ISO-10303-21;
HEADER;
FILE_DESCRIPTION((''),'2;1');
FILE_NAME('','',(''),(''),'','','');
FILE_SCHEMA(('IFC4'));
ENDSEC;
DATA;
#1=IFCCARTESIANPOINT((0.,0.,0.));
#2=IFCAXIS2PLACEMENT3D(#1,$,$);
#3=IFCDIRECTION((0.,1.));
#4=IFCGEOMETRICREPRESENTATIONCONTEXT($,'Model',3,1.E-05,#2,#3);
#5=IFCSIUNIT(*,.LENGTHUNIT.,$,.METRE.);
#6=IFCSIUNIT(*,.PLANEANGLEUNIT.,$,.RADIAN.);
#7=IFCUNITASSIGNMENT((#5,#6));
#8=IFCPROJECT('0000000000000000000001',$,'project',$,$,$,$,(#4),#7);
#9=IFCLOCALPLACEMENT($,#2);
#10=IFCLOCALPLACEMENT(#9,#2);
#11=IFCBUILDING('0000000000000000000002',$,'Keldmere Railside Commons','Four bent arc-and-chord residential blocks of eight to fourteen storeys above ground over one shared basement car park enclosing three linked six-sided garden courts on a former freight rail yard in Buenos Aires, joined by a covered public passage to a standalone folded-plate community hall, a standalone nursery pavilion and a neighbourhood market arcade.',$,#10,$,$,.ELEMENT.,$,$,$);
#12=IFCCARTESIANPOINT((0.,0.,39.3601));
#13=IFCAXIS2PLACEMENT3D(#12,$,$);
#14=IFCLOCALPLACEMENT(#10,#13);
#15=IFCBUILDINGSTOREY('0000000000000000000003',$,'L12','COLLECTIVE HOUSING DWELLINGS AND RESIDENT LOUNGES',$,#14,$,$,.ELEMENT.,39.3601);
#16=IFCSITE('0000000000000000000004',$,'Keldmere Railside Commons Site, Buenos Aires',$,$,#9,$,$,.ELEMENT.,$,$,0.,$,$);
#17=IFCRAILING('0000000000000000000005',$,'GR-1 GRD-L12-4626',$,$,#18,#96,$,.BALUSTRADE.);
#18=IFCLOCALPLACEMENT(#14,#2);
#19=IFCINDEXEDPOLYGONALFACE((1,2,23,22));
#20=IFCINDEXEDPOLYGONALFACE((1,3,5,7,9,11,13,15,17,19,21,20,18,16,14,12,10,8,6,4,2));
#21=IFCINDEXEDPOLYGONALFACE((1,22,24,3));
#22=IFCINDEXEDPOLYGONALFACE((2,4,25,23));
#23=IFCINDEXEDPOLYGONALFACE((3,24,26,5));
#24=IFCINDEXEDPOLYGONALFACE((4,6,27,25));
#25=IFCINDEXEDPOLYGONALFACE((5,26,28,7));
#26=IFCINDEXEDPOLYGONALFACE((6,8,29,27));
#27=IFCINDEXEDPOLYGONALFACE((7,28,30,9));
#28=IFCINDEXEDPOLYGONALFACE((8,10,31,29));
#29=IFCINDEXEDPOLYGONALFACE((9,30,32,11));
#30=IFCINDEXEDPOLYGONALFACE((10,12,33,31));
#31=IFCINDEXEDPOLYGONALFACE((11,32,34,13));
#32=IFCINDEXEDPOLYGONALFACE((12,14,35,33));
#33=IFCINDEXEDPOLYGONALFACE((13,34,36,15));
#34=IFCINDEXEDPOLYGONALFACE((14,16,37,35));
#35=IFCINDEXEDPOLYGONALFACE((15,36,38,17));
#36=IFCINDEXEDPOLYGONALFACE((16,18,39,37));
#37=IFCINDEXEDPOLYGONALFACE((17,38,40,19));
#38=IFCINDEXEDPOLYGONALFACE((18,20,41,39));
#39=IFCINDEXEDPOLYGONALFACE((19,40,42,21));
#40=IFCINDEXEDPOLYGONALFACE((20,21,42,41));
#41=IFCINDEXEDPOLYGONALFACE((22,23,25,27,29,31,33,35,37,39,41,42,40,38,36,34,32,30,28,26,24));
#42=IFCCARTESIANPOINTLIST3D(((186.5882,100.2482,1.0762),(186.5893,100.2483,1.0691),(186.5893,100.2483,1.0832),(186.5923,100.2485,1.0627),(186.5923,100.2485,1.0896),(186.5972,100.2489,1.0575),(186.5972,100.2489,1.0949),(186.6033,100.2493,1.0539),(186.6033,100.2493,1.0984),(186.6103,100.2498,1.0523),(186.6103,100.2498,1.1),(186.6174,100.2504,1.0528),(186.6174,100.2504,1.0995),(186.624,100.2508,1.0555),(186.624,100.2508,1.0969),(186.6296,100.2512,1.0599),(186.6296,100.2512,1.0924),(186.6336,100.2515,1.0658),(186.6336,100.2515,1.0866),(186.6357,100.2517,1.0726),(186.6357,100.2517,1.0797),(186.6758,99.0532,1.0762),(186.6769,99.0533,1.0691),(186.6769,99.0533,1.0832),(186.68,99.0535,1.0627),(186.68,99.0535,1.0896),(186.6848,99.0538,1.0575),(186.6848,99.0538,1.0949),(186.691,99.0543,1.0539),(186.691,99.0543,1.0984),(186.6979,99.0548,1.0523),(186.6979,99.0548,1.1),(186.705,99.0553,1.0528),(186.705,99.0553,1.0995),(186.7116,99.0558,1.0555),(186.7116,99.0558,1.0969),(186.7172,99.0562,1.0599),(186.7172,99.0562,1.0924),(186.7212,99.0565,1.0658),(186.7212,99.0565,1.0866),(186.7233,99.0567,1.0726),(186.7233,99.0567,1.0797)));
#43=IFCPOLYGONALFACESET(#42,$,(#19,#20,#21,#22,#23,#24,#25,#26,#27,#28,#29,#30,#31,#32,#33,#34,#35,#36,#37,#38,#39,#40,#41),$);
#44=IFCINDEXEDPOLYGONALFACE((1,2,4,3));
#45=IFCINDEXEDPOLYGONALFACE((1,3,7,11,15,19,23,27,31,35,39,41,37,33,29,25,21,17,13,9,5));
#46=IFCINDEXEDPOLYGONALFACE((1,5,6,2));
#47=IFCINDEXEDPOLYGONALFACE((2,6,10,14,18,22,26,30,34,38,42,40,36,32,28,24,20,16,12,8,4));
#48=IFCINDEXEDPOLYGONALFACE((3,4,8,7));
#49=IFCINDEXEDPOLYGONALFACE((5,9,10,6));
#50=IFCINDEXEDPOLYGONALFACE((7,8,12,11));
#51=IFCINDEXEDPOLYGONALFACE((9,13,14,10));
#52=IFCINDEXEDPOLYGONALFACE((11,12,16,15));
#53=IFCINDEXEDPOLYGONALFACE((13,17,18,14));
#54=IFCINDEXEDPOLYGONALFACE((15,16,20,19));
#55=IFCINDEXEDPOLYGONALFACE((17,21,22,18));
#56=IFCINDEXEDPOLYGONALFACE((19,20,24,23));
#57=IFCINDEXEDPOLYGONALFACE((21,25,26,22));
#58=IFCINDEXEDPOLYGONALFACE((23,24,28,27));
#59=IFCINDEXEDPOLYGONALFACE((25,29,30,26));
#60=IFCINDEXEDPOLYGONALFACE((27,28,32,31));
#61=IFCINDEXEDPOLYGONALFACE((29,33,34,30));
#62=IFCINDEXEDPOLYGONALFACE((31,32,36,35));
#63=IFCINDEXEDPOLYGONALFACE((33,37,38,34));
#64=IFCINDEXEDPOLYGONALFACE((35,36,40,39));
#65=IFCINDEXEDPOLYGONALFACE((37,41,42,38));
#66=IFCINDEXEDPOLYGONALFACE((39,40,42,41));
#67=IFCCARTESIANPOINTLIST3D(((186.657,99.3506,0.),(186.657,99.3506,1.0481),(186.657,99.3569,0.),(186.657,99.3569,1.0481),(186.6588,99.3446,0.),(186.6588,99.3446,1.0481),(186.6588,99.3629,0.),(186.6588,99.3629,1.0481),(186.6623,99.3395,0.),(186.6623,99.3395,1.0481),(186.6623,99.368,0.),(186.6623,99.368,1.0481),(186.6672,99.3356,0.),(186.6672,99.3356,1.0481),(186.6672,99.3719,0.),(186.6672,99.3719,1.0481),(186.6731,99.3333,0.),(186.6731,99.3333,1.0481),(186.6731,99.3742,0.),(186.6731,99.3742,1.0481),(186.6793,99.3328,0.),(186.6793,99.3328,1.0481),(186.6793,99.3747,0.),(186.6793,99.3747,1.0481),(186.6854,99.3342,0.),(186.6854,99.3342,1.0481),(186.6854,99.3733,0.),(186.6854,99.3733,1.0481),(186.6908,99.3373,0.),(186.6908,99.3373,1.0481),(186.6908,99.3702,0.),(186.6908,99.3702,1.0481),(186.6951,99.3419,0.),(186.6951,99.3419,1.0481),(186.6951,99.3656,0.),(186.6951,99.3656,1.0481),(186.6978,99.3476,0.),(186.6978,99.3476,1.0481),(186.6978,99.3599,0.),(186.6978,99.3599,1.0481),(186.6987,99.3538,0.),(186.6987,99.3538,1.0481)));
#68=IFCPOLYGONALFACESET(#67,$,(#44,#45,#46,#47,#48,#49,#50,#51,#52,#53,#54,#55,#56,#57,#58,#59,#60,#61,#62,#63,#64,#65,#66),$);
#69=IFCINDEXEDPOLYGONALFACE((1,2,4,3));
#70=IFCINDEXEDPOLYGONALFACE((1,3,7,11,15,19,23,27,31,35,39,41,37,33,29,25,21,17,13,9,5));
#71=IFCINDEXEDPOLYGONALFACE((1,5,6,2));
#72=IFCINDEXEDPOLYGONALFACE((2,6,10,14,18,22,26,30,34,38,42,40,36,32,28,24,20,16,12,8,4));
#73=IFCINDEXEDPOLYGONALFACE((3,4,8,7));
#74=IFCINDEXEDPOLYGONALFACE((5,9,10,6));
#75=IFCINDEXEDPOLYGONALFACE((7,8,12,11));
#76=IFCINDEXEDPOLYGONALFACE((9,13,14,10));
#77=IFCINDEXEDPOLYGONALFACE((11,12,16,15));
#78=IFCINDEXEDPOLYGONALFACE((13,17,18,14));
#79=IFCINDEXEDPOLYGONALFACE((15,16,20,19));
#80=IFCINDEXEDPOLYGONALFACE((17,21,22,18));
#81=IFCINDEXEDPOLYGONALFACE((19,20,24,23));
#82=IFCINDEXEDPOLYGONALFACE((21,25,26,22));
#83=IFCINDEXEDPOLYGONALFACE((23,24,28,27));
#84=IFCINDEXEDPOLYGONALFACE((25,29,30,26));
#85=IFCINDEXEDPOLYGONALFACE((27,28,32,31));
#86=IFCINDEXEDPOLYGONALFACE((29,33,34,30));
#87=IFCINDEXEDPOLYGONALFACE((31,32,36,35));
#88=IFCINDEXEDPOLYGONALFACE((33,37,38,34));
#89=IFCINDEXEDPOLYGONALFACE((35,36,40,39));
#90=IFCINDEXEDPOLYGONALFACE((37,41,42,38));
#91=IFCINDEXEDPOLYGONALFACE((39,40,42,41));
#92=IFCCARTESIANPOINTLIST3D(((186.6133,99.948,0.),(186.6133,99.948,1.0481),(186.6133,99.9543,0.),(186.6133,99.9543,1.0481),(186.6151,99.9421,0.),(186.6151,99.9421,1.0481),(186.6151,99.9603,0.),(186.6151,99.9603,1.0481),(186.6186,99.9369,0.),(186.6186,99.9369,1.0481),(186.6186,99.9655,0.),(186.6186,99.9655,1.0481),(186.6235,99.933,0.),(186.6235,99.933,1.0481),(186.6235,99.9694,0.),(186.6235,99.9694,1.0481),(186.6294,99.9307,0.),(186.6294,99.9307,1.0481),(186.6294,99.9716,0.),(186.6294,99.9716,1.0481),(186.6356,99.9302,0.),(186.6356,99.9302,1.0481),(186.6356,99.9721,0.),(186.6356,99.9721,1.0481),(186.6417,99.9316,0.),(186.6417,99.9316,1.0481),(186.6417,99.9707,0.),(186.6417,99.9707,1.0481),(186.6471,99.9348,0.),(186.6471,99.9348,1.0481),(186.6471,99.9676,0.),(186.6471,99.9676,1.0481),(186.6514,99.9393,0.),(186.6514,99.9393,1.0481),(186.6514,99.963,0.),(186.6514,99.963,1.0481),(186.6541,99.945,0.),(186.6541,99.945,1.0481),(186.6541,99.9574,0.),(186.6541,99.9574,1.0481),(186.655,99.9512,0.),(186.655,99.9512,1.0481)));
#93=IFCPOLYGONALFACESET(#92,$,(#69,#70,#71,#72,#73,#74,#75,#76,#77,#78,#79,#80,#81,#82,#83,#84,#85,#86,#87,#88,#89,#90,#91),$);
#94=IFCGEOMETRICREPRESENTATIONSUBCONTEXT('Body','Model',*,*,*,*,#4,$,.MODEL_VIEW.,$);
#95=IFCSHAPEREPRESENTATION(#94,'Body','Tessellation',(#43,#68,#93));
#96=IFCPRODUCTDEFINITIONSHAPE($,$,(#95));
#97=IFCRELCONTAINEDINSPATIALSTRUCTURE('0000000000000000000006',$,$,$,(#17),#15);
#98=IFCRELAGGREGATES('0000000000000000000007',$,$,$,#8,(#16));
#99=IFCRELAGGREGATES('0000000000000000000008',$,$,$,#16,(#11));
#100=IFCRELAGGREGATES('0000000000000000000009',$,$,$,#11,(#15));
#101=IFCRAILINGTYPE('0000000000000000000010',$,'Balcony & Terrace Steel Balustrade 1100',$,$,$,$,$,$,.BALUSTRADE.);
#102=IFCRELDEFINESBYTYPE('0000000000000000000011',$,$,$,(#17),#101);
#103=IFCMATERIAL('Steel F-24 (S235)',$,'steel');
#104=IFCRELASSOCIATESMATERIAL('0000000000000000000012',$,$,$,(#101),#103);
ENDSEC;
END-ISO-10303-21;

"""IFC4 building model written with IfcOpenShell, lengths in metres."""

from ifc_helpers import new_model, si_unit, direction, frame, origin, origin_2d, place, context, subcontext, project, spatial, circle, extrude, material, type_object, element, save


model = new_model("IFC4")

# Units and contexts
model_context = context("Model", 3, precision=1e-05, world=origin(), true_north=direction((0.0, 1.0)))
body_context = subcontext(model_context, "Body", "Model", "MODEL_VIEW")
ifc_project = project(units=[si_unit("LENGTHUNIT", "METRE"), si_unit("PLANEANGLEUNIT", "RADIAN")], contexts=[model_context])

# Site, building, storey
site_placement = place(None, origin())
site = spatial("IfcSite", under=ifc_project, at=site_placement, Name="Keldmere Railside Commons Site, Buenos Aires", CompositionType="ELEMENT", RefElevation=0.0)
building_placement = place(site_placement, origin())
building = spatial("IfcBuilding", under=site, at=building_placement, Name="Keldmere Railside Commons", Description="Four bent arc-and-chord residential blocks of eight to fourteen storeys above ground over one shared basement car park enclosing three linked six-sided garden courts on a former freight rail yard in Buenos Aires, joined by a covered public passage to a standalone folded-plate community hall, a standalone nursery pavilion and a neighbourhood market arcade.", CompositionType="ELEMENT")
storey_placement = place(building_placement, frame((0.0, 0.0, 39.3601)))
storey = spatial("IfcBuildingStorey", under=building, at=storey_placement, Name="L12", Description="COLLECTIVE HOUSING DWELLINGS AND RESIDENT LOUNGES", CompositionType="ELEMENT", Elevation=39.3601)

# Railing
ifc_material_1 = material(Name="Steel F-24 (S235)", Category="steel")
railing_type = type_object("IfcRailingType", Name="Balcony & Terrace Steel Balustrade 1100", PredefinedType="BALUSTRADE", material=ifc_material_1)
railing_1_placement = place(storey_placement, frame((186.6997, 99.0549, 0.0)))
element("IfcRailing", 1, at=railing_1_placement, inside=storey, type_object=railing_type, Name="GR-1 GRD-L12-4626", PredefinedType="BALUSTRADE", context=body_context, shape_type="SweptSolid", body=[
    extrude(circle(Radius=0.0239, at=origin_2d()), frame((0.0, 0.0, 1.0762), z_axis=(-0.073144, 0.997321, 0.0), x_axis=(-0.997321, -0.073144, 0.0)), (0.0, 0.0, 1.0), 1.1982),
    extrude(circle(Radius=0.021, at=origin_2d()), frame((-0.022, 0.2988, 0.0)), (0.0, 0.0, 1.0), 1.0481),
    extrude(circle(Radius=0.021, at=origin_2d()), frame((-0.0657, 0.8962, 0.0)), (0.0, 0.0, 1.0), 1.0481),
])

save(model, "model.ifc")
